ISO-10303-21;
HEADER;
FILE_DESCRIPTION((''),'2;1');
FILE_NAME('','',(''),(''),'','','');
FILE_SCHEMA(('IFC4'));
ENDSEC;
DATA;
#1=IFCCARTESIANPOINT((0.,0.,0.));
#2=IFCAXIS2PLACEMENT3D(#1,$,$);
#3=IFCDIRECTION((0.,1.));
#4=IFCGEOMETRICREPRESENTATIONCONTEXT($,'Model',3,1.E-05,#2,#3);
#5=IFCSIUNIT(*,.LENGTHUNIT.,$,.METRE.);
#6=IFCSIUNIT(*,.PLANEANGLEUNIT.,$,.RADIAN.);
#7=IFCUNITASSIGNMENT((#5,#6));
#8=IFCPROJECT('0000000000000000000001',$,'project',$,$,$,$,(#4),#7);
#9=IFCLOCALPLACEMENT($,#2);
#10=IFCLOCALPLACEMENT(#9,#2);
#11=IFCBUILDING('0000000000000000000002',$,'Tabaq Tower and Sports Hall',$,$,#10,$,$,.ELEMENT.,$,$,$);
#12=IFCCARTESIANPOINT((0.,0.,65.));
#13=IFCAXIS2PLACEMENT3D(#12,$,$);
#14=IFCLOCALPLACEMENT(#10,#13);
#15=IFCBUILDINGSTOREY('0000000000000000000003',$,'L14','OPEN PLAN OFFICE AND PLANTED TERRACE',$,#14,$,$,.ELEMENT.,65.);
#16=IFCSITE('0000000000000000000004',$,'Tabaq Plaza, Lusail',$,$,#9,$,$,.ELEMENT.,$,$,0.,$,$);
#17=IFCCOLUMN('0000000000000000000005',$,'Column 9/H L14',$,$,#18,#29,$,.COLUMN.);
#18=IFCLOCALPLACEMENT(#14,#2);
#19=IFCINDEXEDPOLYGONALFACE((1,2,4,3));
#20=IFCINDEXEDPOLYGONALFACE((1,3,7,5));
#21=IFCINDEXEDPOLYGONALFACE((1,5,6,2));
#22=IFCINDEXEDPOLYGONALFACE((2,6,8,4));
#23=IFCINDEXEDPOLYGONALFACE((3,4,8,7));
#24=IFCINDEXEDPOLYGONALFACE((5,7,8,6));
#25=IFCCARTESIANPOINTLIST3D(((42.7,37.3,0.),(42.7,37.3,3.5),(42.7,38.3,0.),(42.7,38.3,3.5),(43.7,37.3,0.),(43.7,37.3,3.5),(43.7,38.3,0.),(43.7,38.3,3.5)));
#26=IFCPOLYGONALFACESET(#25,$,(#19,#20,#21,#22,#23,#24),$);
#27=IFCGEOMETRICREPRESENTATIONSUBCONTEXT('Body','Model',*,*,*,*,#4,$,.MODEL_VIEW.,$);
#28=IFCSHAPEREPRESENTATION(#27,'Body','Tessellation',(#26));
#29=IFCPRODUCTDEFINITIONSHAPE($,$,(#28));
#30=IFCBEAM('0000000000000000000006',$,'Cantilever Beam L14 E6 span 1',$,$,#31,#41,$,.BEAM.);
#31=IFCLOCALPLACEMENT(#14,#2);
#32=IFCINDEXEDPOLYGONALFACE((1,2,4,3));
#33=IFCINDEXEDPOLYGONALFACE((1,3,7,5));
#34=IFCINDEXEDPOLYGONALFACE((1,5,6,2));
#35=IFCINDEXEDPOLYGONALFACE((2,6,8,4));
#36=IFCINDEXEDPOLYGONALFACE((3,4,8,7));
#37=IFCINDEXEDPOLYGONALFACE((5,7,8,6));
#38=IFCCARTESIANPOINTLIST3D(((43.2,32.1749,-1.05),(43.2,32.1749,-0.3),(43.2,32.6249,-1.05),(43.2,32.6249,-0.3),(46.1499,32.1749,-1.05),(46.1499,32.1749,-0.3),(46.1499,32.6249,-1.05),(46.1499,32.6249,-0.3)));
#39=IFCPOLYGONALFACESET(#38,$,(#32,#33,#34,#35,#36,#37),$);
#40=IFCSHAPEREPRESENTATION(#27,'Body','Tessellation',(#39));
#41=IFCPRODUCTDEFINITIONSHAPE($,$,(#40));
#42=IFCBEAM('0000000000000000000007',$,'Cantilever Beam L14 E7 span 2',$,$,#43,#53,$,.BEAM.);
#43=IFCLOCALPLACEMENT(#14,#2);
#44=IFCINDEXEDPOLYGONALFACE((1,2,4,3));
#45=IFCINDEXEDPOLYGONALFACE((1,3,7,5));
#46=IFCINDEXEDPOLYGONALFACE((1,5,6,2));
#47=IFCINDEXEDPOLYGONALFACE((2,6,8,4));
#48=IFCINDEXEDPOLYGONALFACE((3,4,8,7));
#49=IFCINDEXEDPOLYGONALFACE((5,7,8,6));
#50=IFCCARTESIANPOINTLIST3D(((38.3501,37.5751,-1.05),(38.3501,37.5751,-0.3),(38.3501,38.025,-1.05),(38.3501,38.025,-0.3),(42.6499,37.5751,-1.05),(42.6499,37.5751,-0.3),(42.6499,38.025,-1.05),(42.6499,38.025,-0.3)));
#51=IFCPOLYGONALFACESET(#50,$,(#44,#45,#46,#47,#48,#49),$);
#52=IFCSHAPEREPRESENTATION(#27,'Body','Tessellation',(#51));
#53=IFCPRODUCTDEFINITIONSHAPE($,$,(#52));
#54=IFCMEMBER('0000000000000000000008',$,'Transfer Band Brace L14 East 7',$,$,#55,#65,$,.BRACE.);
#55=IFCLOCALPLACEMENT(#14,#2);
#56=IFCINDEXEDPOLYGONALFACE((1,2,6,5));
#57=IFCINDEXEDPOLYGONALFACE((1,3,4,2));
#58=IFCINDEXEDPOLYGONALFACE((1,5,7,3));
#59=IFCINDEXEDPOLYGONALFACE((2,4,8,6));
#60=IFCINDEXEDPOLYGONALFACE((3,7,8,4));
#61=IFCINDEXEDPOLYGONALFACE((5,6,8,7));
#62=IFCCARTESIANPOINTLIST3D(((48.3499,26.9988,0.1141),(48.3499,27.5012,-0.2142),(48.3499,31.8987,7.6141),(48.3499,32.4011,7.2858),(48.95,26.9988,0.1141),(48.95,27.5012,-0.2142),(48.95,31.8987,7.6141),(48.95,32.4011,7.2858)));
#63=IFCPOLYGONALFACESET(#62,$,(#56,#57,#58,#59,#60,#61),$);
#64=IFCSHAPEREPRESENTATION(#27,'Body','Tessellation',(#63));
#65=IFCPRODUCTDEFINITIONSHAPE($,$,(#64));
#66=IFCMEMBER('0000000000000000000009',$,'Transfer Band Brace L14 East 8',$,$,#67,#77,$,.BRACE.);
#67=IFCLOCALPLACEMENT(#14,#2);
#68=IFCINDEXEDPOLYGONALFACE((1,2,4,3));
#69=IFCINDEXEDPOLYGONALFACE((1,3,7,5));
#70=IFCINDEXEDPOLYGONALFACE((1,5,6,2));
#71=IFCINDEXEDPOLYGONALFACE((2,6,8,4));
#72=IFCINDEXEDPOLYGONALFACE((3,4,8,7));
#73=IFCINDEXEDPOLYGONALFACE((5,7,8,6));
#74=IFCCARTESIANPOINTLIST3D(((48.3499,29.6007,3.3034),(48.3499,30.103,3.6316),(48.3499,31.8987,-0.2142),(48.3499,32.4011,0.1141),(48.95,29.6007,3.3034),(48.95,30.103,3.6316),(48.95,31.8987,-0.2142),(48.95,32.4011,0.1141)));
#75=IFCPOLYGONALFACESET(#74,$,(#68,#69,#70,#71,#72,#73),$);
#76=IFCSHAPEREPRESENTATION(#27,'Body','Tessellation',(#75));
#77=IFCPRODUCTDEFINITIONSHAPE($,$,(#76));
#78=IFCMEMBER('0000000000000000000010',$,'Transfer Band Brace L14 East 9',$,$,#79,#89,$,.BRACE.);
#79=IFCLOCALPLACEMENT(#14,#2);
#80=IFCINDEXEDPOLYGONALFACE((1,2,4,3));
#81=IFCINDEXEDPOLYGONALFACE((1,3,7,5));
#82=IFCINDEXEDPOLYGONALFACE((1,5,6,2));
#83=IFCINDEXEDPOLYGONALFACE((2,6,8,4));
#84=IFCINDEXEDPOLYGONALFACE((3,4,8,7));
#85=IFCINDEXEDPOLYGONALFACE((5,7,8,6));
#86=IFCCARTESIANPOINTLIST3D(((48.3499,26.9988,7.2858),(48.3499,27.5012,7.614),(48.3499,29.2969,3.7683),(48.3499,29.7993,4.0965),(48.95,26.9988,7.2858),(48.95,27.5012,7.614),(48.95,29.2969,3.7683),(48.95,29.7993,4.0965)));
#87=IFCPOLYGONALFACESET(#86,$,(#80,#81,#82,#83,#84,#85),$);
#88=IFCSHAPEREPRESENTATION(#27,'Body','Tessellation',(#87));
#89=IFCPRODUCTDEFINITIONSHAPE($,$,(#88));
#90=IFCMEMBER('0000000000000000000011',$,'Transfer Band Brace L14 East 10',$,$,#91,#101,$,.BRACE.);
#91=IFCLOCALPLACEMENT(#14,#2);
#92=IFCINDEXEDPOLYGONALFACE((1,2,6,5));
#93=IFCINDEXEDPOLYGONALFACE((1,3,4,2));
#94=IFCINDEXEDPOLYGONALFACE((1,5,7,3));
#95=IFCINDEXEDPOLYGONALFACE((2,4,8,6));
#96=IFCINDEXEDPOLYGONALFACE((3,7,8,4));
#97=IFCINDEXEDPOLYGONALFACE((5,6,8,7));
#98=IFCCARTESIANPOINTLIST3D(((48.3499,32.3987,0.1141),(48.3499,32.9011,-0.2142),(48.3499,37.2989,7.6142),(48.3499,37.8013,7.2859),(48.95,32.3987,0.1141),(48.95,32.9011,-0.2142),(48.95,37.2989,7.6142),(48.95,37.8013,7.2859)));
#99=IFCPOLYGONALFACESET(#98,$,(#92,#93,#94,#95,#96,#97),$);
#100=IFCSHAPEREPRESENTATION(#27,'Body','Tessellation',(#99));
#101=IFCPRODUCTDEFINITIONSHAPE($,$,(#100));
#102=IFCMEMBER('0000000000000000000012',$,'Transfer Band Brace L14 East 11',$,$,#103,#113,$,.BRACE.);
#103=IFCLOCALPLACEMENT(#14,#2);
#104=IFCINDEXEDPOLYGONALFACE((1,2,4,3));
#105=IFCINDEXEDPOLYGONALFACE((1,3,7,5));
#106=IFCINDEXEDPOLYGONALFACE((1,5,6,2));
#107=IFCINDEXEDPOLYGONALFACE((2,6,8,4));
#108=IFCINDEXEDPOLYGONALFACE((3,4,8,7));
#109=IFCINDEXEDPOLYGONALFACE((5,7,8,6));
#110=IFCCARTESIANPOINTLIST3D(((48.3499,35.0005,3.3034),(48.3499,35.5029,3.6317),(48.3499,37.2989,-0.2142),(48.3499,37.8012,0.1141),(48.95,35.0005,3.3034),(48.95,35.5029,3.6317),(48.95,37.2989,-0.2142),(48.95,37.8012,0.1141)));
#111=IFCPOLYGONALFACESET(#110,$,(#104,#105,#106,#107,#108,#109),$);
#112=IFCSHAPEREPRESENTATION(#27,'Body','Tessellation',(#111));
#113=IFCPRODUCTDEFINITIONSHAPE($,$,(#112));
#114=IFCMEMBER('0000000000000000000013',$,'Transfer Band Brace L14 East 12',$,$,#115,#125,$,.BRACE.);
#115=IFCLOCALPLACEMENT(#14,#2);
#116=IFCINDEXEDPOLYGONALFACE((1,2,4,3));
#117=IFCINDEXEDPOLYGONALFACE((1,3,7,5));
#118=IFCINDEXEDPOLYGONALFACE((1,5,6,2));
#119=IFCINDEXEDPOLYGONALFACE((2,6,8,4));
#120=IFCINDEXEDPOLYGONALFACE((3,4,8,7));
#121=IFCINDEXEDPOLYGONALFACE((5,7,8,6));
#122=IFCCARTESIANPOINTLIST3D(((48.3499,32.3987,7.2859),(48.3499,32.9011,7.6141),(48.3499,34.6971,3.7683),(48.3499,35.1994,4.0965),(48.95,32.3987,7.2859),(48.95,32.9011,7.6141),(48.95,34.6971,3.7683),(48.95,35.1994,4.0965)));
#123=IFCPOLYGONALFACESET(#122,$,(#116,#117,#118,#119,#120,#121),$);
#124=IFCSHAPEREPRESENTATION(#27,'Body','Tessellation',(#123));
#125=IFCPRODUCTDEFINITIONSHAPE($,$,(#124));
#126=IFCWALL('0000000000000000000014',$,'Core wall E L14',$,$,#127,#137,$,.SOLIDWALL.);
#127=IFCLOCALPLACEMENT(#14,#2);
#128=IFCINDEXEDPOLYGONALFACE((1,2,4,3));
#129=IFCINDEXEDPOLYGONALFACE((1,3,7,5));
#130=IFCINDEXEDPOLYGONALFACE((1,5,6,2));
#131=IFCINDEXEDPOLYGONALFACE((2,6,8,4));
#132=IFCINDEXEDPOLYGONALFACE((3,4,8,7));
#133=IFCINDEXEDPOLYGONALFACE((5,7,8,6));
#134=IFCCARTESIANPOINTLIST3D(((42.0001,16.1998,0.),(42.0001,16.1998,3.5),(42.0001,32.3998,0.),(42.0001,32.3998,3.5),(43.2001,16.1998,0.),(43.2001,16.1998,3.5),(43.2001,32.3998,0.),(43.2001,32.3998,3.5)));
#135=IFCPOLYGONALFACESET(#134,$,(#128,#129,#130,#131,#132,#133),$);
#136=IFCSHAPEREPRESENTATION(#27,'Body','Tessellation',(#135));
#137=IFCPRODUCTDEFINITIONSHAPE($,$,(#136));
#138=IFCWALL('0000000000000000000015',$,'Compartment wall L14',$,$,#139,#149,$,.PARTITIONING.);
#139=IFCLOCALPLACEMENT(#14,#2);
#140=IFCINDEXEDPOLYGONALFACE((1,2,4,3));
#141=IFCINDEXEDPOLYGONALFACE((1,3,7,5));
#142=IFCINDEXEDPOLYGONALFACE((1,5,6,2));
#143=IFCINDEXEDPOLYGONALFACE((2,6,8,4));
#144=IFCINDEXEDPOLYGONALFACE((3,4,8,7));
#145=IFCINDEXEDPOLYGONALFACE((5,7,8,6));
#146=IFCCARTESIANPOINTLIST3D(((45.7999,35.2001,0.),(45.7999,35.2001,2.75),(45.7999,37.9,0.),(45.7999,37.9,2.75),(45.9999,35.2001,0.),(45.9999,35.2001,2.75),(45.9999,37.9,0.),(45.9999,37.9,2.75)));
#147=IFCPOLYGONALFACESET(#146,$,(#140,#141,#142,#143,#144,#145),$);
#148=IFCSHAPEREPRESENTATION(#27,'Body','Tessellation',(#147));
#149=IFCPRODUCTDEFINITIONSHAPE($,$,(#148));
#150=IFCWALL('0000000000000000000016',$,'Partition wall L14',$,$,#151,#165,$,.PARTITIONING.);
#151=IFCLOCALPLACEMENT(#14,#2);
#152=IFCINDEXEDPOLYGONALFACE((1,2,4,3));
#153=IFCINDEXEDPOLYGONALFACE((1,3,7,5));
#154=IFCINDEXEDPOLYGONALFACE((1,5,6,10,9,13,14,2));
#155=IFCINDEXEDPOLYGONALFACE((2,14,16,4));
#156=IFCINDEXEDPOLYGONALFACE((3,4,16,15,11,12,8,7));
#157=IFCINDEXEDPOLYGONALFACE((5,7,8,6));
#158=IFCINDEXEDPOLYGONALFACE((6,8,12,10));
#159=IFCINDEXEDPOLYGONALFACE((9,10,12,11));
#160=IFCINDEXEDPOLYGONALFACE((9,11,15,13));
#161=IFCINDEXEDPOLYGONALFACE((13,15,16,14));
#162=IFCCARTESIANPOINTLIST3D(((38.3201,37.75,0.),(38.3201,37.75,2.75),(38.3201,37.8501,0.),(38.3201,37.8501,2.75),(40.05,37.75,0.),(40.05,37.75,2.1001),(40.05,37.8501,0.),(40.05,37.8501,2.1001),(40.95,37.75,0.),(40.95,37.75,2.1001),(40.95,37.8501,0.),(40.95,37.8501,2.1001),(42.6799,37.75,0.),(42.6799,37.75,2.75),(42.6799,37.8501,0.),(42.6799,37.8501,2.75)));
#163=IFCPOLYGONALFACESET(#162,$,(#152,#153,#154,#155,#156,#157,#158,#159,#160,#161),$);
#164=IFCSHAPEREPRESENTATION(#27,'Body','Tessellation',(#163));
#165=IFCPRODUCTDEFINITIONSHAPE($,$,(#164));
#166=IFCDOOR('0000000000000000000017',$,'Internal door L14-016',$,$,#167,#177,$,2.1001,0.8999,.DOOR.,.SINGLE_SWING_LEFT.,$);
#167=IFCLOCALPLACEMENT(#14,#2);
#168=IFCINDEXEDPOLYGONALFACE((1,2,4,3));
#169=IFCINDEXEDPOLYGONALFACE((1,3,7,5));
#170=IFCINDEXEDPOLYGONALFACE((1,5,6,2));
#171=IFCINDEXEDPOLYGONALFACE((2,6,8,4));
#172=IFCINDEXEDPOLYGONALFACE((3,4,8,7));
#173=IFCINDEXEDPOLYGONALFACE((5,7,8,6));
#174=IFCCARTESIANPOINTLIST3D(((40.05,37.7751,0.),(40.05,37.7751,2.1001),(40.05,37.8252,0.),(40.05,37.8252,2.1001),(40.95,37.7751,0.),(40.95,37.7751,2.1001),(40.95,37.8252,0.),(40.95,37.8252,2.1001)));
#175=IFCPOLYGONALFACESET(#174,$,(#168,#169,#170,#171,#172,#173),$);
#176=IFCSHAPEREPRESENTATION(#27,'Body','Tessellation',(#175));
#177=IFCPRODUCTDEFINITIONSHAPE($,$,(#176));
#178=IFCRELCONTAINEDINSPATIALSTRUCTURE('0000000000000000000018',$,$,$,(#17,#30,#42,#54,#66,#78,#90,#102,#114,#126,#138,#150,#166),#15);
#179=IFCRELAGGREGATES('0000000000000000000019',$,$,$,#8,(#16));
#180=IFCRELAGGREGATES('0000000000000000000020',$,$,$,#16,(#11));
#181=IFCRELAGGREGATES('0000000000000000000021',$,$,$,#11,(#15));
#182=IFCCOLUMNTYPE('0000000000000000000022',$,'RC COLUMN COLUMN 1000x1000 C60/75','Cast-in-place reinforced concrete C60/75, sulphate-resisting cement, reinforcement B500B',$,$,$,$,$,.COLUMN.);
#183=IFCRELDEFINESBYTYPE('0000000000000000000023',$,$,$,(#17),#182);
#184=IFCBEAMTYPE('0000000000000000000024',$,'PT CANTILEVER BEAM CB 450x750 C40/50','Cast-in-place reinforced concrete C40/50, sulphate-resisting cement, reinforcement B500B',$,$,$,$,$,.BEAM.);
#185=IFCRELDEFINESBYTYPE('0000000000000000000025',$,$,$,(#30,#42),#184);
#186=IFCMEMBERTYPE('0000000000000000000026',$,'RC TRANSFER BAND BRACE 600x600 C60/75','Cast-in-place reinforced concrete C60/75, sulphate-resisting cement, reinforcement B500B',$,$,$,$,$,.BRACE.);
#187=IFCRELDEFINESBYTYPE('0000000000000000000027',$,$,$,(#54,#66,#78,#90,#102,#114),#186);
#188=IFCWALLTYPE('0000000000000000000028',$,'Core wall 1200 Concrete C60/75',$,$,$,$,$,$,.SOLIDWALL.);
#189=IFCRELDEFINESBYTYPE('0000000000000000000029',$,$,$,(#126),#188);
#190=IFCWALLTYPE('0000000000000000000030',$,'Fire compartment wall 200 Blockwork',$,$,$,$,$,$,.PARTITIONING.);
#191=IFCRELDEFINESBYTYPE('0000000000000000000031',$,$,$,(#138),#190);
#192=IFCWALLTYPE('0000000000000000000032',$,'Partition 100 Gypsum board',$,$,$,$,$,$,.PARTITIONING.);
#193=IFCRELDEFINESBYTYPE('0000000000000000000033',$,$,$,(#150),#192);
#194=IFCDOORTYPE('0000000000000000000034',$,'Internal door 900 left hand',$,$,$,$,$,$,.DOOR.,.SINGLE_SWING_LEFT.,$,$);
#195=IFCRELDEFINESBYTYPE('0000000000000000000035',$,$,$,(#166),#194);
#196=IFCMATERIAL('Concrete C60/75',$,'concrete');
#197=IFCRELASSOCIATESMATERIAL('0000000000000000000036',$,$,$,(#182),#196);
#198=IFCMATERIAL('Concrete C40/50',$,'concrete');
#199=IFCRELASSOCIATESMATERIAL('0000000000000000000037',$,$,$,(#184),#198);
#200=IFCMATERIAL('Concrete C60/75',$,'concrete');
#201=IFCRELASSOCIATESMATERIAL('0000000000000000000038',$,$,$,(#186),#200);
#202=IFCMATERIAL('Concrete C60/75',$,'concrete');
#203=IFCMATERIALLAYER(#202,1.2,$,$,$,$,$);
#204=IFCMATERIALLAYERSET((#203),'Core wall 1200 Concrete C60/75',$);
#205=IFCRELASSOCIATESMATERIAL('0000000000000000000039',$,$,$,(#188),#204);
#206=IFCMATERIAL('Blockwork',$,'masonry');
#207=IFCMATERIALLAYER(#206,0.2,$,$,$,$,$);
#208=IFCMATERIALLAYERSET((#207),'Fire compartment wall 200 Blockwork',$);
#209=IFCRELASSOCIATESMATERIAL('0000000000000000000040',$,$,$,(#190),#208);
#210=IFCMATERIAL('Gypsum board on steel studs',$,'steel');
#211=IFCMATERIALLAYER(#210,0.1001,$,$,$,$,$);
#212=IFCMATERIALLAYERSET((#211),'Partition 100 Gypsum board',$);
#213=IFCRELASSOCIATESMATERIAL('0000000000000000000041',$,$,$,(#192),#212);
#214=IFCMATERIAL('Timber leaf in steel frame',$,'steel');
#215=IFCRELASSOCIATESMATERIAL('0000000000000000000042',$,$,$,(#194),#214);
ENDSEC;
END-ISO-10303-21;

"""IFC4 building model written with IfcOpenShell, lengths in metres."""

from ifc_helpers import new_model, si_unit, direction, frame, frame_2d, origin, origin_2d, place, context, subcontext, project, spatial, rectangle, extrude, material, layer, layer_set, material_profile, profile_set, type_object, element, fill, save


model = new_model("IFC4")

# Units and contexts
model_context = context("Model", 3, precision=1e-05, world=origin(), true_north=direction((0.0, 1.0)))
body_context = subcontext(model_context, "Body", "Model", "MODEL_VIEW")
ifc_project = project(units=[si_unit("LENGTHUNIT", "METRE"), si_unit("PLANEANGLEUNIT", "RADIAN")], contexts=[model_context])

# Site, building, storey
site_placement = place(None, origin())
site = spatial("IfcSite", under=ifc_project, at=site_placement, Name="Tabaq Plaza, Lusail", CompositionType="ELEMENT", RefElevation=0.0)
building_placement = place(site_placement, origin())
building = spatial("IfcBuilding", under=site, at=building_placement, Name="Tabaq Tower and Sports Hall", CompositionType="ELEMENT")
storey_placement = place(building_placement, frame((0.0, 0.0, 65.0)))
storey = spatial("IfcBuildingStorey", under=building, at=storey_placement, Name="L14", Description="OPEN PLAN OFFICE AND PLANTED TERRACE", CompositionType="ELEMENT", Elevation=65.0)

# Column
ifc_material_1 = material(Name="Concrete C60/75", Category="concrete")
ifc_material_profile_1 = material_profile(ifc_material_1, rectangle(XDim=1.0, YDim=1.0, at=origin_2d()), Name="COLUMN 1000x1000")
ifc_profile_set_1 = profile_set([ifc_material_profile_1], Name="Concrete C60/75")
column_type = type_object("IfcColumnType", Name="RC COLUMN COLUMN 1000x1000 C60/75", Description="Cast-in-place reinforced concrete C60/75, sulphate-resisting cement, reinforcement B500B", PredefinedType="COLUMN", material=ifc_profile_set_1)
column_placement = place(storey_placement, frame((43.2, 37.8, 0.0), z_axis=(0.0, 0.0, 1.0), x_axis=(1.0, 0.0, 0.0)))
element("IfcColumn", 1, at=column_placement, inside=storey, type_object=column_type, Name="Column 9/H L14", PredefinedType="COLUMN", context=body_context, shape_type="SweptSolid", body=[
    extrude(rectangle(XDim=1.0, YDim=1.0, at=origin_2d()), origin(), (0.0, 0.0, 1.0), 3.5),
])

# Beams
ifc_material_2 = material(Name="Concrete C40/50", Category="concrete")
ifc_material_profile_2 = material_profile(ifc_material_2, rectangle(XDim=0.45, YDim=0.75, at=origin_2d()), Name="CB 450x750")
ifc_profile_set_2 = profile_set([ifc_material_profile_2], Name="Concrete C40/50")
beam_type = type_object("IfcBeamType", Name="PT CANTILEVER BEAM CB 450x750 C40/50", Description="Cast-in-place reinforced concrete C40/50, sulphate-resisting cement, reinforcement B500B", PredefinedType="BEAM", material=ifc_profile_set_2)
beam_1_placement = place(storey_placement, frame((46.1499, 32.3999, -0.675), z_axis=(-1.0, 0.0, 0.0), x_axis=(0.0, -1.0, 0.0)))
element("IfcBeam", 2, at=beam_1_placement, inside=storey, type_object=beam_type, Name="Cantilever Beam L14 E6 span 1", PredefinedType="BEAM", context=body_context, shape_type="SweptSolid", body=[
    extrude(rectangle(XDim=0.45, YDim=0.75, at=origin_2d()), origin(), (0.0, 0.0, 1.0), 2.95),
])
beam_2_placement = place(storey_placement, frame((42.6499, 37.8, -0.675), z_axis=(-1.0, 0.0, 0.0), x_axis=(0.0, -1.0, 0.0)))
element("IfcBeam", 3, at=beam_2_placement, inside=storey, type_object=beam_type, Name="Cantilever Beam L14 E7 span 2", PredefinedType="BEAM", context=body_context, shape_type="SweptSolid", body=[
    extrude(rectangle(XDim=0.45, YDim=0.75, at=origin_2d()), origin(), (0.0, 0.0, 1.0), 4.2998),
])

# Members
ifc_material_3 = material(Name="Concrete C60/75", Category="concrete")
ifc_material_profile_3 = material_profile(ifc_material_3, rectangle(XDim=0.6001, YDim=0.6001, at=origin_2d()), Name="TRANSFER BAND BRACE 600x600")
ifc_profile_set_3 = profile_set([ifc_material_profile_3], Name="Concrete C60/75")
member_type = type_object("IfcMemberType", Name="RC TRANSFER BAND BRACE 600x600 C60/75", Description="Cast-in-place reinforced concrete C60/75, sulphate-resisting cement, reinforcement B500B", PredefinedType="BRACE", material=ifc_profile_set_3)
member_1_placement = place(storey_placement, frame((48.6499, 27.25, -0.05), z_axis=(0.0, 0.546941, 0.837171), x_axis=(-1.0, 0.0, 0.0)))
element("IfcMember", 4, at=member_1_placement, inside=storey, type_object=member_type, Name="Transfer Band Brace L14 East 7", PredefinedType="BRACE", context=body_context, shape_type="SweptSolid", body=[
    extrude(rectangle(XDim=0.6001, YDim=0.6001, at=origin_2d()), origin(), (0.0, 0.0, 1.0), 8.9587),
])
for number, where, z_axis, x_axis, name in (
    (5, (48.6499, 32.1499, -0.05), (0.0, -0.546939, 0.837172), (1.0, 0.0, 0.0), "Transfer Band Brace L14 East 8"),
    (6, (48.6499, 29.5481, 3.9324), (0.0, -0.546939, 0.837172), (1.0, 0.0, 0.0), "Transfer Band Brace L14 East 9"),
):
    element("IfcMember", number, at=place(storey_placement, frame(where, z_axis=z_axis, x_axis=x_axis)), inside=storey, type_object=member_type, Name=name, PredefinedType="BRACE", context=body_context, shape_type="SweptSolid", body=[
        extrude(rectangle(XDim=0.6001, YDim=0.6001, at=origin_2d()), origin(), (0.0, 0.0, 1.0), 4.2017),
    ])
member_2_placement = place(storey_placement, frame((48.6499, 32.6499, -0.05), z_axis=(0.0, 0.54696, 0.837159), x_axis=(-1.0, 0.0, 0.0)))
element("IfcMember", 7, at=member_2_placement, inside=storey, type_object=member_type, Name="Transfer Band Brace L14 East 10", PredefinedType="BRACE", context=body_context, shape_type="SweptSolid", body=[
    extrude(rectangle(XDim=0.6001, YDim=0.6001, at=origin_2d()), origin(), (0.0, 0.0, 1.0), 8.959),
])
for number, where, z_axis, x_axis, name in (
    (8, (48.6499, 37.55, -0.05), (0.0, -0.54698, 0.837146), (1.0, 0.0, 0.0), "Transfer Band Brace L14 East 11"),
    (9, (48.6499, 34.9482, 3.9324), (0.0, -0.54698, 0.837146), (1.0, 0.0, 0.0), "Transfer Band Brace L14 East 12"),
):
    element("IfcMember", number, at=place(storey_placement, frame(where, z_axis=z_axis, x_axis=x_axis)), inside=storey, type_object=member_type, Name=name, PredefinedType="BRACE", context=body_context, shape_type="SweptSolid", body=[
        extrude(rectangle(XDim=0.6001, YDim=0.6001, at=origin_2d()), origin(), (0.0, 0.0, 1.0), 4.2019),
    ])

# Wall
ifc_material_4 = material(Name="Concrete C60/75", Category="concrete")
ifc_layer_1 = layer(ifc_material_4, 1.2)
ifc_layer_set_1 = layer_set([ifc_layer_1], Name="Core wall 1200 Concrete C60/75")
wall_type_1 = type_object("IfcWallType", Name="Core wall 1200 Concrete C60/75", PredefinedType="SOLIDWALL", material=ifc_layer_set_1)
wall_1_placement = place(storey_placement, frame((42.6001, 32.3999, 0.0), z_axis=(0.0, 0.0, 1.0), x_axis=(0.0, -1.0, 0.0)))
element("IfcWall", 10, at=wall_1_placement, inside=storey, type_object=wall_type_1, Name="Core wall E L14", PredefinedType="SOLIDWALL", context=body_context, shape_type="SweptSolid", body=[
    extrude(rectangle(XDim=16.2, YDim=1.2, at=frame_2d((8.1001, 0.0))), origin(), (0.0, 0.0, 1.0), 3.5),
])

# Shared definitions
ifc_material_5 = material(Name="Blockwork", Category="masonry")
ifc_layer_2 = layer(ifc_material_5, 0.2)
ifc_layer_set_2 = layer_set([ifc_layer_2], Name="Fire compartment wall 200 Blockwork")
wall_type_2 = type_object("IfcWallType", Name="Fire compartment wall 200 Blockwork", PredefinedType="PARTITIONING", material=ifc_layer_set_2)

# Wall
wall_2_placement = place(storey_placement, frame((45.8999, 35.2, 0.0), z_axis=(0.0, 0.0, 1.0), x_axis=(0.0, 1.0, 0.0)))
element("IfcWall", 11, at=wall_2_placement, inside=storey, type_object=wall_type_2, Name="Compartment wall L14", PredefinedType="PARTITIONING", context=body_context, shape_type="SweptSolid", body=[
    extrude(rectangle(XDim=2.7, YDim=0.2, at=frame_2d((1.3501, 0.0))), origin(), (0.0, 0.0, 1.0), 2.75),
])

# Wall, opening, door
ifc_material_6 = material(Name="Gypsum board on steel studs", Category="steel")
ifc_layer_3 = layer(ifc_material_6, 0.1001)
ifc_layer_set_3 = layer_set([ifc_layer_3], Name="Partition 100 Gypsum board")
wall_type_3 = type_object("IfcWallType", Name="Partition 100 Gypsum board", PredefinedType="PARTITIONING", material=ifc_layer_set_3)
wall_3_placement = place(storey_placement, frame((42.6799, 37.8, 0.0), z_axis=(0.0, 0.0, 1.0), x_axis=(-1.0, 0.0, 0.0)))
wall_3 = element("IfcWall", 12, at=wall_3_placement, inside=storey, type_object=wall_type_3, Name="Partition wall L14", PredefinedType="PARTITIONING", context=body_context, shape_type="SweptSolid", body=[
    extrude(rectangle(XDim=4.3599, YDim=0.1001, at=frame_2d((2.1799, 0.0))), origin(), (0.0, 0.0, 1.0), 2.75),
])
opening_1_placement = place(wall_3_placement, frame((1.73, 0.0, 0.0)))
opening_1 = element("IfcOpeningElement", 13, at=opening_1_placement, cuts=wall_3, PredefinedType="OPENING", context=body_context, shape_type="SweptSolid", body=[
    extrude(rectangle(XDim=0.8999, YDim=2.1001, at=frame_2d((0.45, 1.05))), frame((0.0, 0.05, 0.0), z_axis=(0.0, -1.0, 0.0), x_axis=(1.0, 0.0, 0.0)), (0.0, 0.0, 1.0), 0.1001),
])
ifc_material_7 = material(Name="Timber leaf in steel frame", Category="steel")
door_type_1 = type_object("IfcDoorType", Name="Internal door 900 left hand", OperationType="SINGLE_SWING_LEFT", PredefinedType="DOOR", material=ifc_material_7)
door_1_placement = place(opening_1_placement, origin())
door_1 = element("IfcDoor", 14, at=door_1_placement, inside=storey, type_object=door_type_1, Name="Internal door L14-016", OperationType="SINGLE_SWING_LEFT", OverallHeight=2.1001, OverallWidth=0.8999, PredefinedType="DOOR", context=body_context, shape_type="SweptSolid", body=[
    extrude(rectangle(XDim=0.8999, YDim=2.1001, at=frame_2d((0.45, 1.05))), frame((0.0, 0.0249, 0.0), z_axis=(0.0, -1.0, 0.0), x_axis=(1.0, 0.0, 0.0)), (0.0, 0.0, 1.0), 0.05),
])
fill(opening_1, door_1)

save(model, "model.ifc")
